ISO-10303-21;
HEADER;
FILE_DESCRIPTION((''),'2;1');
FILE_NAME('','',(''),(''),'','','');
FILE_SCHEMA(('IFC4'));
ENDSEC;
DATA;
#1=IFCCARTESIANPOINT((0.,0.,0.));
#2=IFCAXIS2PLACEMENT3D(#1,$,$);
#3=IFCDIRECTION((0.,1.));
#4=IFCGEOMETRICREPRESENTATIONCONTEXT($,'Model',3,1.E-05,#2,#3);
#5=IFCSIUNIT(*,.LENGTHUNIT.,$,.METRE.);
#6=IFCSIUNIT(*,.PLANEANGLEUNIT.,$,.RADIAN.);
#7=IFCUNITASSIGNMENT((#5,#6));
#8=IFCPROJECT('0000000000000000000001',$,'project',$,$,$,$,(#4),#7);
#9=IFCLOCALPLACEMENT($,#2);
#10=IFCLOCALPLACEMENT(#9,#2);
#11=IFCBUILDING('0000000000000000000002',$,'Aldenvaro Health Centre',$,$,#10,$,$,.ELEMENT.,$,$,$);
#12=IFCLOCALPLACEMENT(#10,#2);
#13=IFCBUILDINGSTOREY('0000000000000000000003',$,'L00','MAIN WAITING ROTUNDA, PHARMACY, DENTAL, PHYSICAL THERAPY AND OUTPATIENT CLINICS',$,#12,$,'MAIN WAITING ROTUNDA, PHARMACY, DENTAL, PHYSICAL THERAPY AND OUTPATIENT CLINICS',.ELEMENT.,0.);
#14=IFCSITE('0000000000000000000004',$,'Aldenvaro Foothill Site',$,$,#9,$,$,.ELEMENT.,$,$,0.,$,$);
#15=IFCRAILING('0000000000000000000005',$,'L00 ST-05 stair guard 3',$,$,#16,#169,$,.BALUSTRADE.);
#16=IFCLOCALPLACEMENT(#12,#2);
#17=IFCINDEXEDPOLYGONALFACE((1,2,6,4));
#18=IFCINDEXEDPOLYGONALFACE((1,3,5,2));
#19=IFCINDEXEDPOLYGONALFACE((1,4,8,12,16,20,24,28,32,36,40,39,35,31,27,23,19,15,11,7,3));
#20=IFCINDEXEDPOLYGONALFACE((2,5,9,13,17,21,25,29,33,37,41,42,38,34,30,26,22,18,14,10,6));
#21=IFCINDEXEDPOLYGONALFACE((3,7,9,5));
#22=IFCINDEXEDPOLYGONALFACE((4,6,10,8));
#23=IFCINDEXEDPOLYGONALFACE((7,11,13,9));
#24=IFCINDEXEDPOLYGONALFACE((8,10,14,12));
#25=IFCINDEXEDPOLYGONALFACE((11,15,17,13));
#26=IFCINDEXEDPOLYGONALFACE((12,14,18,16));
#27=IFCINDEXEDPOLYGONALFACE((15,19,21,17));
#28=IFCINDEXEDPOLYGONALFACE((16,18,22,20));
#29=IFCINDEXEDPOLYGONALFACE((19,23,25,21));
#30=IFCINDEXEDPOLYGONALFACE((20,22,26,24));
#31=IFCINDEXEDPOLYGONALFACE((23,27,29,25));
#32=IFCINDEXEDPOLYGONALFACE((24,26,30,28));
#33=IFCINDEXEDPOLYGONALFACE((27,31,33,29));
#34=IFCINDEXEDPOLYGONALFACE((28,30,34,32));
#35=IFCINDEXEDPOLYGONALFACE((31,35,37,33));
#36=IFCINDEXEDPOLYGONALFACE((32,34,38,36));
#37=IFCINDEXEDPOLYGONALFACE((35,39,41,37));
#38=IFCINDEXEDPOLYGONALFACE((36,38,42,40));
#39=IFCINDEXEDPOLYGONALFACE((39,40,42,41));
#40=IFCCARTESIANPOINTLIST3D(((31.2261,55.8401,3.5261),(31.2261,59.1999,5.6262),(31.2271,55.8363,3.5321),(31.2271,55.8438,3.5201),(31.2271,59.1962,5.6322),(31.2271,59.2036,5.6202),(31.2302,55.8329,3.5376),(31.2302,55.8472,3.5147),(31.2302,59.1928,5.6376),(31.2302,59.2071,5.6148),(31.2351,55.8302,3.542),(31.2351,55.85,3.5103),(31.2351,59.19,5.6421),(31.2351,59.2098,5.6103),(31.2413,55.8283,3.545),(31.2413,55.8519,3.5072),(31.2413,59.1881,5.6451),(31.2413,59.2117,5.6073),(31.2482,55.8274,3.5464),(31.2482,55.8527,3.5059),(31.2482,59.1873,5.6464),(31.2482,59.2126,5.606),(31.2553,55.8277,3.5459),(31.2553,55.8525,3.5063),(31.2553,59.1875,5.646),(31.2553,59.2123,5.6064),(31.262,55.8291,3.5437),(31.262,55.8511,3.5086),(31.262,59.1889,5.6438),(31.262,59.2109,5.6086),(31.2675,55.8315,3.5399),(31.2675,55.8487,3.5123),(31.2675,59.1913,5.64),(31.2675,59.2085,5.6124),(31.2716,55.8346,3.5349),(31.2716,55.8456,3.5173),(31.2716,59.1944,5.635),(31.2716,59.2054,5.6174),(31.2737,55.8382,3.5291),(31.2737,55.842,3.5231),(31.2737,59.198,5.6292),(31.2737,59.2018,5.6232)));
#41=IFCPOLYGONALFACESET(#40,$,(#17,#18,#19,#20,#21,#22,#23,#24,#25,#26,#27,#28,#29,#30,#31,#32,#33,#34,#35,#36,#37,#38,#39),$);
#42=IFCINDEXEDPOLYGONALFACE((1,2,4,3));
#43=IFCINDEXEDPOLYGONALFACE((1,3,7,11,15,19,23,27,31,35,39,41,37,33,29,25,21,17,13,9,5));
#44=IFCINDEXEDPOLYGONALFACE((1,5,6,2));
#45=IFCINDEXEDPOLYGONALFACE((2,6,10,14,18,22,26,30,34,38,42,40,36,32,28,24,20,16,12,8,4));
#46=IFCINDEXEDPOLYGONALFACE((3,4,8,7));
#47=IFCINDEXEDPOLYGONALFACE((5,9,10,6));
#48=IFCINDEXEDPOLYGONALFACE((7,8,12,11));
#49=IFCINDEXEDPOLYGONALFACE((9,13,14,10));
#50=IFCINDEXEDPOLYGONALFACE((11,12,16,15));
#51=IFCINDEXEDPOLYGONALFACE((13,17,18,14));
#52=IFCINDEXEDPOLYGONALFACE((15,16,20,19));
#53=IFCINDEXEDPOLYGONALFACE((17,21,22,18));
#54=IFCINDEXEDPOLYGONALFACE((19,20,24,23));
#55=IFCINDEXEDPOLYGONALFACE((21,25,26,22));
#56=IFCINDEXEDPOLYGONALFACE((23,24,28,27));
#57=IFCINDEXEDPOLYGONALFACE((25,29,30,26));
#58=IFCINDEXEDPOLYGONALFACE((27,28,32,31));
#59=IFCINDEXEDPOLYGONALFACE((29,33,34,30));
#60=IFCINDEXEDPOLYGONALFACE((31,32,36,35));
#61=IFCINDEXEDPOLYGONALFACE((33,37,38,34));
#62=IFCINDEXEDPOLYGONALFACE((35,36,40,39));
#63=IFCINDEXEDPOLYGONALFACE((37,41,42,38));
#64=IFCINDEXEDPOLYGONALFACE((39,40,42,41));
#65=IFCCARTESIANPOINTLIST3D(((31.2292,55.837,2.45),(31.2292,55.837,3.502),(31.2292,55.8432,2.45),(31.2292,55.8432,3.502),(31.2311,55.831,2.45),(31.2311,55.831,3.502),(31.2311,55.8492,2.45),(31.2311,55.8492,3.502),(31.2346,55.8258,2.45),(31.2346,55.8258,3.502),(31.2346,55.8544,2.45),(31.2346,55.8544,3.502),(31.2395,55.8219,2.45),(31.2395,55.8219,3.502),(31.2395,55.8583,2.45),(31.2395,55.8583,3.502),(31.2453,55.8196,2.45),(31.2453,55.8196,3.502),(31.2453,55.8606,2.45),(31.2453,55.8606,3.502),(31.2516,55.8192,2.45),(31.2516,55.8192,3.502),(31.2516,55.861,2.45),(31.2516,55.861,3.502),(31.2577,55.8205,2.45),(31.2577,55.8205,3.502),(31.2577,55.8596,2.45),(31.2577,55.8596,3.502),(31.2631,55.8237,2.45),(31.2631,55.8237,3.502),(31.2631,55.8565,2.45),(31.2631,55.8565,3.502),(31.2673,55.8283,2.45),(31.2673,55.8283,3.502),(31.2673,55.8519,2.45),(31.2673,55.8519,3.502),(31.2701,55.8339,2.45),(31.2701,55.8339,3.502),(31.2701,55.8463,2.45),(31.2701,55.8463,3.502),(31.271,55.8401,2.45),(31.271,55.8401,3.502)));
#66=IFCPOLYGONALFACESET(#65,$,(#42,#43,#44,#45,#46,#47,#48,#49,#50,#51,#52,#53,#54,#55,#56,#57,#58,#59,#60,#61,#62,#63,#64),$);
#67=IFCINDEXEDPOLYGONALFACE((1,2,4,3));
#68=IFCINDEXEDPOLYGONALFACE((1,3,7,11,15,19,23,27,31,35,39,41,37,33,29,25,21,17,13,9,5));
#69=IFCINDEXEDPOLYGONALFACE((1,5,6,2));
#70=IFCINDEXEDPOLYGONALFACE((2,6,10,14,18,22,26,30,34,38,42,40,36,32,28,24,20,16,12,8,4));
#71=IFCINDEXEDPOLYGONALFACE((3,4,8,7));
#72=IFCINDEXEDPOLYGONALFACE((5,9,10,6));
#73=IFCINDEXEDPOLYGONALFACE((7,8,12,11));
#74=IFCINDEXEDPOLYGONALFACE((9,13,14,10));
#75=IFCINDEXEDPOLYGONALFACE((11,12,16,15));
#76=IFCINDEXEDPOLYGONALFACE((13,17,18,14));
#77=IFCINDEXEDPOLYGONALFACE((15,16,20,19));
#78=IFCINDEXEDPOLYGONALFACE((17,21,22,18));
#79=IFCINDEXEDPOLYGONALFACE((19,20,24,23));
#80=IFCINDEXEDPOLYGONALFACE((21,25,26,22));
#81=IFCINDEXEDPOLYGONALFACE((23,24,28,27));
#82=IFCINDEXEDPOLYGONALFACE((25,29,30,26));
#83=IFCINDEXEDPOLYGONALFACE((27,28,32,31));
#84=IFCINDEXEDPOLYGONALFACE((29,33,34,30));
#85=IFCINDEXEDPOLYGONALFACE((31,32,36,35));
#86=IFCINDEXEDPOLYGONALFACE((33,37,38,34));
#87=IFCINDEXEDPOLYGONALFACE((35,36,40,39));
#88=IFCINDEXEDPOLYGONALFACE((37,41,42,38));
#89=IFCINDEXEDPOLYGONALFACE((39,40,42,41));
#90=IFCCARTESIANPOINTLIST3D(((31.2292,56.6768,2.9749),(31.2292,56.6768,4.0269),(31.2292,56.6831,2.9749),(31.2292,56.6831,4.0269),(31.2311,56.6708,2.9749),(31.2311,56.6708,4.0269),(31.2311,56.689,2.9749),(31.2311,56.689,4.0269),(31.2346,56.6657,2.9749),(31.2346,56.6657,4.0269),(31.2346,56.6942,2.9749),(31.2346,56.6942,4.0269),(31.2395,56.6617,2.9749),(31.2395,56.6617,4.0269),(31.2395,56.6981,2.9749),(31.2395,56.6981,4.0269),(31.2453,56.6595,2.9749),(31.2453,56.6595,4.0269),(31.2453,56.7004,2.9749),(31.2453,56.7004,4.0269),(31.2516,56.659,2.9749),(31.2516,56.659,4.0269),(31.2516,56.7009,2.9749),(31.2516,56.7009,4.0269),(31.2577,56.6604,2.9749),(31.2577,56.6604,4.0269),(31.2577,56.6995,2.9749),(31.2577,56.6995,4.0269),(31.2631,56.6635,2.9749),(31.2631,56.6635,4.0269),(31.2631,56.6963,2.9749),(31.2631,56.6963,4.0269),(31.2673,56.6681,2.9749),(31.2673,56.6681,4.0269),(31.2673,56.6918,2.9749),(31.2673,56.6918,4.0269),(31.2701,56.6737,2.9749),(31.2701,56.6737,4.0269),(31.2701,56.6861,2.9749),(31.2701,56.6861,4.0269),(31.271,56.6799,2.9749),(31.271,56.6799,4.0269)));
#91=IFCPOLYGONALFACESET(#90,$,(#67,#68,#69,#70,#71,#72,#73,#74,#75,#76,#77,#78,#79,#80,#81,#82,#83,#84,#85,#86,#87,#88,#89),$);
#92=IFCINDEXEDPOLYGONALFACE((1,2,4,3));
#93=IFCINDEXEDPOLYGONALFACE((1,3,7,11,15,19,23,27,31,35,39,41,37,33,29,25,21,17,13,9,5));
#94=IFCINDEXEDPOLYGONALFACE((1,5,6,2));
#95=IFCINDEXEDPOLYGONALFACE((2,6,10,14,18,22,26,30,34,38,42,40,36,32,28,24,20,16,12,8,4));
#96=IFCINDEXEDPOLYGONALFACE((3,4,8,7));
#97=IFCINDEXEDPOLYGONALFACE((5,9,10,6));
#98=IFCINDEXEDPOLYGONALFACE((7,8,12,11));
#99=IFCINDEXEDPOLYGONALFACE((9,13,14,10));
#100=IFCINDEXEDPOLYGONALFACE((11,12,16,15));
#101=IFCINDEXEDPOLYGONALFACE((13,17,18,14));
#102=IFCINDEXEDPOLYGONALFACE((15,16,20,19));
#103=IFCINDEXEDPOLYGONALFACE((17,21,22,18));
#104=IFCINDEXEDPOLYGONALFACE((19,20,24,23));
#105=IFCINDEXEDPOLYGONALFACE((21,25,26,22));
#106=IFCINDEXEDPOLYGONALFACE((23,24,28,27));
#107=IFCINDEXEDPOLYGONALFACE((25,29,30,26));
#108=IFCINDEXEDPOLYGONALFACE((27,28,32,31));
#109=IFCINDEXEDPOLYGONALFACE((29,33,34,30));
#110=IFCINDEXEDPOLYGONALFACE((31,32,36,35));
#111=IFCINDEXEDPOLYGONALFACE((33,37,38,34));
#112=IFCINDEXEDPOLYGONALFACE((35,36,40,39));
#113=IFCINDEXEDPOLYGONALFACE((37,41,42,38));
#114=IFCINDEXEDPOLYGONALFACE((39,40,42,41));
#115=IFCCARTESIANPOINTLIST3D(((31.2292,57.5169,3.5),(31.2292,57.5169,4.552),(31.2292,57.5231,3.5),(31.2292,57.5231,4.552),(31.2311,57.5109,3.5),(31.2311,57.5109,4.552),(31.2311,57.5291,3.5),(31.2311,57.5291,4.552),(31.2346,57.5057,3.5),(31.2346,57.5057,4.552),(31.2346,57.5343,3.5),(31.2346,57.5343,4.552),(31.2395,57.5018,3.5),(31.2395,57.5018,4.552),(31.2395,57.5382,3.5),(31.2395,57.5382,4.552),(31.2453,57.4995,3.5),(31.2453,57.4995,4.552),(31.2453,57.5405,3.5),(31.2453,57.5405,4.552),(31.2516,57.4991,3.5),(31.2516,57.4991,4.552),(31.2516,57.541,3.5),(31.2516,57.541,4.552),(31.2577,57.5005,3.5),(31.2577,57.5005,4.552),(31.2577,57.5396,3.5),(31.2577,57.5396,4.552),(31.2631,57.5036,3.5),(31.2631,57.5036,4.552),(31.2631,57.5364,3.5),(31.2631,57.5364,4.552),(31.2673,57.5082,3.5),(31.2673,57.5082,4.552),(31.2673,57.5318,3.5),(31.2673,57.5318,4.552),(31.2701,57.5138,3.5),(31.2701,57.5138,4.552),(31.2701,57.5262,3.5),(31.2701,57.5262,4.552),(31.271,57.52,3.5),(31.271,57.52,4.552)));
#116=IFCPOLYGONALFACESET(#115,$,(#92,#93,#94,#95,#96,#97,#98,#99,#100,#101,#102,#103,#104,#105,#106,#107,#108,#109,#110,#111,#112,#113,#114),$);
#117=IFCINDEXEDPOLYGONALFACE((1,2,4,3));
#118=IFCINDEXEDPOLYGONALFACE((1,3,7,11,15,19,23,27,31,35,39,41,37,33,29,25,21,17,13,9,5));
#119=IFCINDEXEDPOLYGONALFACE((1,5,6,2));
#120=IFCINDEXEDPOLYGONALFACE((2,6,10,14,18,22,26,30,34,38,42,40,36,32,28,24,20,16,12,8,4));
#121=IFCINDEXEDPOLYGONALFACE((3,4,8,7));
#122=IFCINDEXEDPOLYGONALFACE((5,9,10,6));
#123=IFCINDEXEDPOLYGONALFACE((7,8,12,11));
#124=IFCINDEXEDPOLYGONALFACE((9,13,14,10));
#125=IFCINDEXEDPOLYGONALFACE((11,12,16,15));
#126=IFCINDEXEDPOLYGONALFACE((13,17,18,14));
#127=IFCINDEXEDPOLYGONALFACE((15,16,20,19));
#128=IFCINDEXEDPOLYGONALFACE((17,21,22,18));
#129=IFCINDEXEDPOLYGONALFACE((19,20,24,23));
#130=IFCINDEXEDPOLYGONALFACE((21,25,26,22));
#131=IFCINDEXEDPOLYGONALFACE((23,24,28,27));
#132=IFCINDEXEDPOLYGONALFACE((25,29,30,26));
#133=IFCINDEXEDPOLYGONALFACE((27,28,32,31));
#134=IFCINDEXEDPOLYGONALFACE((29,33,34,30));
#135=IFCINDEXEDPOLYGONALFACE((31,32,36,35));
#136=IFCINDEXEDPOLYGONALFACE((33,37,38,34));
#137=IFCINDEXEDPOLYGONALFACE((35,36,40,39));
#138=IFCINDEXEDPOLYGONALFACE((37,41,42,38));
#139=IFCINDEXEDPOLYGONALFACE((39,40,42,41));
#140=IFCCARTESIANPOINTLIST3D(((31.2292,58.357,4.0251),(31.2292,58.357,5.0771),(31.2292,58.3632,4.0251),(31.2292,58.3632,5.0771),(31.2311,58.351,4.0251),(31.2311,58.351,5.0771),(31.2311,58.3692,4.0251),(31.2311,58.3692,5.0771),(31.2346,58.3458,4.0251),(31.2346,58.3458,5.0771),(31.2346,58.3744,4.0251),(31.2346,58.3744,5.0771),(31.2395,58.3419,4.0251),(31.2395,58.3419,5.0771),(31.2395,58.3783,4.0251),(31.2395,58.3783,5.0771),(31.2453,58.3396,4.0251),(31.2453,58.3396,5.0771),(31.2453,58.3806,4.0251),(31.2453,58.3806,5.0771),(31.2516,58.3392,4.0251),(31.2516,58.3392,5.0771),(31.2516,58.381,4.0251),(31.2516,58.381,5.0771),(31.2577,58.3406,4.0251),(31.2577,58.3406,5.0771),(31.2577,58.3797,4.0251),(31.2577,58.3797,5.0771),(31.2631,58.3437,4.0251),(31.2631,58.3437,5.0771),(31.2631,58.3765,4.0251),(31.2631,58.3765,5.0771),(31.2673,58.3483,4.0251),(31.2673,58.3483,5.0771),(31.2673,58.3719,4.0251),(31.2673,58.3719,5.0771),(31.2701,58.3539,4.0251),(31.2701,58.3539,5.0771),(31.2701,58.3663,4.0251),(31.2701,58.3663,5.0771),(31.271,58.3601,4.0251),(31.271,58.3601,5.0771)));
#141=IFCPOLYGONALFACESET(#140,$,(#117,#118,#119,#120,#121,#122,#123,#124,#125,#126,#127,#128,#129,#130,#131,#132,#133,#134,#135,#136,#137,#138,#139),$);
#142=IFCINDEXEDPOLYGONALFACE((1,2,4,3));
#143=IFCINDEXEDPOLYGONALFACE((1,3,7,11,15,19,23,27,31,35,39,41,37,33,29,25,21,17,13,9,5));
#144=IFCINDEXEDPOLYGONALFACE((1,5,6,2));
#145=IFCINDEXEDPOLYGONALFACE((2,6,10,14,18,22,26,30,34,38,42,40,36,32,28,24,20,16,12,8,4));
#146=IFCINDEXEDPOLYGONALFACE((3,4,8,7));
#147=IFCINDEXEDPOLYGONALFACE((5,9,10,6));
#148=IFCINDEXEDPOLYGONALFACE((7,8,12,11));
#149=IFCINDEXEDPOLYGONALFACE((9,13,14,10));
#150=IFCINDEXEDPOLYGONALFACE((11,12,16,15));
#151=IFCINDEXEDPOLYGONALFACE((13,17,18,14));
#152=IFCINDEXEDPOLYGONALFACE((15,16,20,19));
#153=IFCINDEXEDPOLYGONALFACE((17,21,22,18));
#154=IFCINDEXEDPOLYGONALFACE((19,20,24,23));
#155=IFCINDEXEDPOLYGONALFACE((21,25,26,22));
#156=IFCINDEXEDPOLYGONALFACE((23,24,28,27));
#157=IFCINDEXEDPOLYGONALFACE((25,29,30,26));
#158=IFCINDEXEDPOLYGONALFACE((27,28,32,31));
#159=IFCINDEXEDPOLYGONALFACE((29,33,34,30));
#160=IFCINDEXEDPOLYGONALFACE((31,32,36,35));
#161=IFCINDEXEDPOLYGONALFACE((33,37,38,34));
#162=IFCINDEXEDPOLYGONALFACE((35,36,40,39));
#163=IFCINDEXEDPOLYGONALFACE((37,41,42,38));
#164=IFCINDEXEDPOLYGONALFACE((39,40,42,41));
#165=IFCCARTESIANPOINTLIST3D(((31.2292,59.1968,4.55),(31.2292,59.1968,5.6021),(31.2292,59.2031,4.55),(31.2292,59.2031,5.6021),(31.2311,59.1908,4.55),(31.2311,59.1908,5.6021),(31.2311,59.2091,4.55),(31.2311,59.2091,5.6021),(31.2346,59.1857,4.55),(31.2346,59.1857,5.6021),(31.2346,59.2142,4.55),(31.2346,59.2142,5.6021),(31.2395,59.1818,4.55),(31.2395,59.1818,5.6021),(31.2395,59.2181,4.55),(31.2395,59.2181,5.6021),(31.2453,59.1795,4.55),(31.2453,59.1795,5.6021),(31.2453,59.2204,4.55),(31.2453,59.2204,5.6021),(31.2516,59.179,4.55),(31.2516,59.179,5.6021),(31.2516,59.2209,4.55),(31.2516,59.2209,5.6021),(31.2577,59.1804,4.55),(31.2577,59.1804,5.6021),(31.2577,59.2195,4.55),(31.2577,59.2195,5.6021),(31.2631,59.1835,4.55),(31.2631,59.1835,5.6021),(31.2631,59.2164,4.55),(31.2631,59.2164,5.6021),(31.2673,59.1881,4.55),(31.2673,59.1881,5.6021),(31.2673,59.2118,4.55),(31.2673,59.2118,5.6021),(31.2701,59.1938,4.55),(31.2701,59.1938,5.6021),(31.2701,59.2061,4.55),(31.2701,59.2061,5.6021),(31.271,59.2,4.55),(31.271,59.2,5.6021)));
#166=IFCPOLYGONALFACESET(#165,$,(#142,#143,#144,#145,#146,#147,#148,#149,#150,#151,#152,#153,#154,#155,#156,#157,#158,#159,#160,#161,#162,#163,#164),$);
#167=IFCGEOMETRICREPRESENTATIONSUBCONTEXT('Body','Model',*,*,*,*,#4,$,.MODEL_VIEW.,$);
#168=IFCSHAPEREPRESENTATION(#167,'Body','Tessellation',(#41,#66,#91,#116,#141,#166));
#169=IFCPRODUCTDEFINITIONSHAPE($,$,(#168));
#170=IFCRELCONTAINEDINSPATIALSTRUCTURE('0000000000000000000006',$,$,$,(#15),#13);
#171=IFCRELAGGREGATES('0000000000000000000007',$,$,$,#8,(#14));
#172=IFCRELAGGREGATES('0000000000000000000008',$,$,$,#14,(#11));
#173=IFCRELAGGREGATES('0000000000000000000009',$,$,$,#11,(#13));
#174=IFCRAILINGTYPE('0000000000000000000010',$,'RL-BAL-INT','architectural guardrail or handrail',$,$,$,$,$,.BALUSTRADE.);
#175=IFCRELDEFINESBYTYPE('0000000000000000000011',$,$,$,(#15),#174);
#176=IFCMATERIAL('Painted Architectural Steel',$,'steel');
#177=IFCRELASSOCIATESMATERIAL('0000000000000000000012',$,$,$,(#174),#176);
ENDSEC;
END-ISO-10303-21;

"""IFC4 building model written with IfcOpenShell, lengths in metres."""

from ifc_helpers import new_model, si_unit, direction, frame, origin, origin_2d, place, context, subcontext, project, spatial, circle, extrude, material, type_object, element, save


model = new_model("IFC4")

# Units and contexts
model_context = context("Model", 3, precision=1e-05, world=origin(), true_north=direction((0.0, 1.0)))
body_context = subcontext(model_context, "Body", "Model", "MODEL_VIEW")
ifc_project = project(units=[si_unit("LENGTHUNIT", "METRE"), si_unit("PLANEANGLEUNIT", "RADIAN")], contexts=[model_context])

# Site, building, storey
site_placement = place(None, origin())
site = spatial("IfcSite", under=ifc_project, at=site_placement, Name="Aldenvaro Foothill Site", CompositionType="ELEMENT", RefElevation=0.0)
building_placement = place(site_placement, origin())
building = spatial("IfcBuilding", under=site, at=building_placement, Name="Aldenvaro Health Centre", CompositionType="ELEMENT")
storey_placement = place(building_placement, origin())
storey = spatial("IfcBuildingStorey", under=building, at=storey_placement, Name="L00", Description="MAIN WAITING ROTUNDA, PHARMACY, DENTAL, PHYSICAL THERAPY AND OUTPATIENT CLINICS", LongName="MAIN WAITING ROTUNDA, PHARMACY, DENTAL, PHYSICAL THERAPY AND OUTPATIENT CLINICS", CompositionType="ELEMENT", Elevation=0.0)

# Railing
ifc_material_1 = material(Name="Painted Architectural Steel", Category="steel")
railing_type_1 = type_object("IfcRailingType", Name="RL-BAL-INT", Description="architectural guardrail or handrail", PredefinedType="BALUSTRADE", material=ifc_material_1)
railing_1_placement = place(storey_placement, frame((31.25, 55.8401, 2.45)))
element("IfcRailing", 1, at=railing_1_placement, inside=storey, type_object=railing_type_1, Name="L00 ST-05 stair guard 3", PredefinedType="BALUSTRADE", context=body_context, shape_type="SweptSolid", body=[
    extrude(circle(Radius=0.0239, at=origin_2d()), frame((0.0, 0.0, 1.0762), z_axis=(0.0, 0.847978, 0.530032), x_axis=(-1.0, 0.0, 0.0)), (0.0, 0.0, 1.0), 3.9622),
    extrude(circle(Radius=0.021, at=origin_2d()), origin(), (0.0, 0.0, 1.0), 1.052),
    extrude(circle(Radius=0.021, at=origin_2d()), frame((0.0, 0.8398, 0.5249)), (0.0, 0.0, 1.0), 1.052),
    extrude(circle(Radius=0.021, at=origin_2d()), frame((0.0, 1.6799, 1.05)), (0.0, 0.0, 1.0), 1.052),
    extrude(circle(Radius=0.021, at=origin_2d()), frame((0.0, 2.52, 1.5752)), (0.0, 0.0, 1.0), 1.052),
    extrude(circle(Radius=0.021, at=origin_2d()), frame((0.0, 3.3599, 2.1001)), (0.0, 0.0, 1.0), 1.052),
])

save(model, "model.ifc")
